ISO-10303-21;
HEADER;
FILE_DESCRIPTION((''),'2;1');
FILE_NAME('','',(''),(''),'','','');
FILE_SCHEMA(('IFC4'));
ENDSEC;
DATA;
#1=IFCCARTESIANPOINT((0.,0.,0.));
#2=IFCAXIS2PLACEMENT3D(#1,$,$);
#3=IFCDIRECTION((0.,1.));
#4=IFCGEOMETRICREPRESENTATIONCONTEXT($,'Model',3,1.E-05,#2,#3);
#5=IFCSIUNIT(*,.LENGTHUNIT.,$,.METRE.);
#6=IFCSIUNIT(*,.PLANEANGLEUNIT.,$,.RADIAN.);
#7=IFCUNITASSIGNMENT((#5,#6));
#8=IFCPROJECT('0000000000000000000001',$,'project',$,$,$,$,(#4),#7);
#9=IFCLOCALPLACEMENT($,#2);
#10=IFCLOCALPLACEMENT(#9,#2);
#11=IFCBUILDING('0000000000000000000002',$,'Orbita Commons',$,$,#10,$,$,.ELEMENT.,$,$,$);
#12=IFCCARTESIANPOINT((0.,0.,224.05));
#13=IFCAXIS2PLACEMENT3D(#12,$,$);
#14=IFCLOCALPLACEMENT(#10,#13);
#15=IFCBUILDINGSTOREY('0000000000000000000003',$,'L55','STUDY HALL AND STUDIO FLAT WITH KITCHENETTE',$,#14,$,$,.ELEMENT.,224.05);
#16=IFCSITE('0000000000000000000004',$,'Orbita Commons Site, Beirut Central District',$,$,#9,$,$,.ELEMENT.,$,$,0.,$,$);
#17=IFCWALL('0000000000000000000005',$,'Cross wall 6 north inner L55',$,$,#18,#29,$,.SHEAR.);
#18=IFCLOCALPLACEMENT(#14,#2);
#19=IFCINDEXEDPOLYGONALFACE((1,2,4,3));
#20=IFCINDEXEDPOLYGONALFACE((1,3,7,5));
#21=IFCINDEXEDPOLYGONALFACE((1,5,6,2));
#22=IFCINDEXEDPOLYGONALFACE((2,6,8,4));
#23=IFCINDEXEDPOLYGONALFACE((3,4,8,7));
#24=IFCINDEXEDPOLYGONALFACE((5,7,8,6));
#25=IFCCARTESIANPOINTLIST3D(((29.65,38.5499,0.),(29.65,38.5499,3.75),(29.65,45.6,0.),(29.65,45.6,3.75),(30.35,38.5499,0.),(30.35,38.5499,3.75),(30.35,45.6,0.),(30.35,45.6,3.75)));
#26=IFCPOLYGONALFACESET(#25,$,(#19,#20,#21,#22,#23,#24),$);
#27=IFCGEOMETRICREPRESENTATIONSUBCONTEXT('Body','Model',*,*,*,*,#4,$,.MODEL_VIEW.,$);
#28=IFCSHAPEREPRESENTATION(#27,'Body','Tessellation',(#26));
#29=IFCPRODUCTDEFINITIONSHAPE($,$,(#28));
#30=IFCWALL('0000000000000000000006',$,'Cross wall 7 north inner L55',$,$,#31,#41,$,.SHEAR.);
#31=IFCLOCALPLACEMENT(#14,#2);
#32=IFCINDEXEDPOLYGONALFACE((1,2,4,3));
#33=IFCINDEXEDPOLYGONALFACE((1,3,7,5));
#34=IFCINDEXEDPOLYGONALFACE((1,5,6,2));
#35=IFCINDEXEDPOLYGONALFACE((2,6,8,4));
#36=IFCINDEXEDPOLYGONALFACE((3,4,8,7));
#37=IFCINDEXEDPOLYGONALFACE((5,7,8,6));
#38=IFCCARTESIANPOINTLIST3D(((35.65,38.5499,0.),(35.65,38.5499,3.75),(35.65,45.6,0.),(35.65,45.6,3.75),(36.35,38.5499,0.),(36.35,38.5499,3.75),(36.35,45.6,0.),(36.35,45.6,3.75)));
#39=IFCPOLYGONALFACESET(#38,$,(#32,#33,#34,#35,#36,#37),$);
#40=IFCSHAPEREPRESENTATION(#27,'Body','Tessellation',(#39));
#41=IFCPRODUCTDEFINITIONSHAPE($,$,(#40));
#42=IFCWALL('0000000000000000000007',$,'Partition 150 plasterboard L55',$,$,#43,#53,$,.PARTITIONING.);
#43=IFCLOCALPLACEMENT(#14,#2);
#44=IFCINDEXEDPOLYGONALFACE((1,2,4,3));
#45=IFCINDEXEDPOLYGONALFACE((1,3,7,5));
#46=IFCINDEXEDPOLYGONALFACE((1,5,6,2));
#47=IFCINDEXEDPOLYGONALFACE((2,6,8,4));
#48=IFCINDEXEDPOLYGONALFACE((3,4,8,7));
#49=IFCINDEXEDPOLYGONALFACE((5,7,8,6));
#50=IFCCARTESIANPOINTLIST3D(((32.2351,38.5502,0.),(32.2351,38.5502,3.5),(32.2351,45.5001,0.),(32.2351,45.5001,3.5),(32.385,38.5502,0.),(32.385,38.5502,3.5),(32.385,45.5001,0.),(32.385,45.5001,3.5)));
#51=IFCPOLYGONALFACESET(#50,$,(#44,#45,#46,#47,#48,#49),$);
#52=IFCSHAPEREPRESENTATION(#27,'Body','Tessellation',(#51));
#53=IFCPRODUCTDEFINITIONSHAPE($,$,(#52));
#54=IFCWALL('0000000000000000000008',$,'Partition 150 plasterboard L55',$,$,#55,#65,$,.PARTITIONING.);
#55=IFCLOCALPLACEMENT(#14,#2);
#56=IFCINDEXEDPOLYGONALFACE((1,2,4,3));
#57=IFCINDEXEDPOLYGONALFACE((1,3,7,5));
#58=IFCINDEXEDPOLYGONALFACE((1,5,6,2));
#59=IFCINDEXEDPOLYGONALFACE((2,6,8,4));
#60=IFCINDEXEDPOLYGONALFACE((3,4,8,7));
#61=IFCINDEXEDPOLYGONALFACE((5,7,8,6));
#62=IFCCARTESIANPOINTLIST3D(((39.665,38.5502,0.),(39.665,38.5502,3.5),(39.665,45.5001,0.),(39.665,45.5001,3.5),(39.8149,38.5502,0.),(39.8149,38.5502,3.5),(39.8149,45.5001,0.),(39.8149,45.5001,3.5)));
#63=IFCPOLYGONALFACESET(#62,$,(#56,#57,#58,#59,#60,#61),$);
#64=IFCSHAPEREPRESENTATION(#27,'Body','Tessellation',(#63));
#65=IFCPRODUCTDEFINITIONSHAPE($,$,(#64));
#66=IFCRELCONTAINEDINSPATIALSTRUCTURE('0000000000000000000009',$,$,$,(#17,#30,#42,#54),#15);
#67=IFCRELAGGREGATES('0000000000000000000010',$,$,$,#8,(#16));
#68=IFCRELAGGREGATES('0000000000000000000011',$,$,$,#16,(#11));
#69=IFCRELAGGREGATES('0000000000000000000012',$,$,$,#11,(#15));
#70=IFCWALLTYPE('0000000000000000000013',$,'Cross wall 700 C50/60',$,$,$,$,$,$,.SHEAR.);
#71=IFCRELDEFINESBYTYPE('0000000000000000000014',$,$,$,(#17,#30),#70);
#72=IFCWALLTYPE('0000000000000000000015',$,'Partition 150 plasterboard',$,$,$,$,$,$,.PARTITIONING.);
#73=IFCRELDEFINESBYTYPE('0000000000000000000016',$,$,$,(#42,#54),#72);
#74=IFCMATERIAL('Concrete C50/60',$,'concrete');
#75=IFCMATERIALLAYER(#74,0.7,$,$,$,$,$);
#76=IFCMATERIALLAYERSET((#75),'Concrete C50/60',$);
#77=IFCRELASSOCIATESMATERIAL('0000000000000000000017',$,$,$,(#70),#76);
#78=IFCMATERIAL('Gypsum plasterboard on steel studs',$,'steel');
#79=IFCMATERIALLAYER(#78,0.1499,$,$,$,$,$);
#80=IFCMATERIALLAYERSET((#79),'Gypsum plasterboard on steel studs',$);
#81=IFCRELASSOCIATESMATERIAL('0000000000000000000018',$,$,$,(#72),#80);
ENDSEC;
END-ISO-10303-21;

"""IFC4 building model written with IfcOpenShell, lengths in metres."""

from ifc_helpers import new_model, si_unit, direction, frame, frame_2d, origin, place, context, subcontext, project, spatial, rectangle, extrude, material, layer, layer_set, type_object, element, save


model = new_model("IFC4")

# Units and contexts
model_context = context("Model", 3, precision=1e-05, world=origin(), true_north=direction((0.0, 1.0)))
body_context = subcontext(model_context, "Body", "Model", "MODEL_VIEW")
ifc_project = project(units=[si_unit("LENGTHUNIT", "METRE"), si_unit("PLANEANGLEUNIT", "RADIAN")], contexts=[model_context])

# Site, building, storey
site_placement = place(None, origin())
site = spatial("IfcSite", under=ifc_project, at=site_placement, Name="Orbita Commons Site, Beirut Central District", CompositionType="ELEMENT", RefElevation=0.0)
building_placement = place(site_placement, origin())
building = spatial("IfcBuilding", under=site, at=building_placement, Name="Orbita Commons", CompositionType="ELEMENT")
storey_placement = place(building_placement, frame((0.0, 0.0, 224.05)))
storey = spatial("IfcBuildingStorey", under=building, at=storey_placement, Name="L55", Description="STUDY HALL AND STUDIO FLAT WITH KITCHENETTE", CompositionType="ELEMENT", Elevation=224.05)

# Walls
ifc_material_1 = material(Name="Concrete C50/60", Category="concrete")
ifc_layer_1 = layer(ifc_material_1, 0.7)
ifc_layer_set_1 = layer_set([ifc_layer_1], Name="Concrete C50/60")
wall_type_1 = type_object("IfcWallType", Name="Cross wall 700 C50/60", PredefinedType="SHEAR", material=ifc_layer_set_1)
for number, where, z_axis, x_axis, name in (
    (1, (30.0, 38.55, 0.0), (0.0, 0.0, 1.0), (0.0, 1.0, 0.0), "Cross wall 6 north inner L55"),
    (2, (36.0, 38.55, 0.0), (0.0, 0.0, 1.0), (0.0, 1.0, 0.0), "Cross wall 7 north inner L55"),
):
    element("IfcWall", number, at=place(storey_placement, frame(where, z_axis=z_axis, x_axis=x_axis)), inside=storey, type_object=wall_type_1, Name=name, PredefinedType="SHEAR", context=body_context, shape_type="SweptSolid", body=[
        extrude(rectangle(XDim=7.05, YDim=0.7, at=frame_2d((3.5249, 0.0))), origin(), (0.0, 0.0, 1.0), 3.75),
    ])
ifc_material_2 = material(Name="Gypsum plasterboard on steel studs", Category="steel")
ifc_layer_2 = layer(ifc_material_2, 0.1499)
ifc_layer_set_2 = layer_set([ifc_layer_2], Name="Gypsum plasterboard on steel studs")
wall_type_2 = type_object("IfcWallType", Name="Partition 150 plasterboard", PredefinedType="PARTITIONING", material=ifc_layer_set_2)
for number, where, z_axis, x_axis, name in (
    (3, (32.3101, 38.55, 0.0), (0.0, 0.0, 1.0), (0.0, 1.0, 0.0), "Partition 150 plasterboard L55"),
    (4, (39.74, 38.55, 0.0), (0.0, 0.0, 1.0), (0.0, 1.0, 0.0), "Partition 150 plasterboard L55"),
):
    element("IfcWall", number, at=place(storey_placement, frame(where, z_axis=z_axis, x_axis=x_axis)), inside=storey, type_object=wall_type_2, Name=name, PredefinedType="PARTITIONING", context=body_context, shape_type="SweptSolid", body=[
        extrude(rectangle(XDim=6.95, YDim=0.1499, at=frame_2d((3.4751, 0.0))), origin(), (0.0, 0.0, 1.0), 3.5),
    ])

save(model, "model.ifc")
